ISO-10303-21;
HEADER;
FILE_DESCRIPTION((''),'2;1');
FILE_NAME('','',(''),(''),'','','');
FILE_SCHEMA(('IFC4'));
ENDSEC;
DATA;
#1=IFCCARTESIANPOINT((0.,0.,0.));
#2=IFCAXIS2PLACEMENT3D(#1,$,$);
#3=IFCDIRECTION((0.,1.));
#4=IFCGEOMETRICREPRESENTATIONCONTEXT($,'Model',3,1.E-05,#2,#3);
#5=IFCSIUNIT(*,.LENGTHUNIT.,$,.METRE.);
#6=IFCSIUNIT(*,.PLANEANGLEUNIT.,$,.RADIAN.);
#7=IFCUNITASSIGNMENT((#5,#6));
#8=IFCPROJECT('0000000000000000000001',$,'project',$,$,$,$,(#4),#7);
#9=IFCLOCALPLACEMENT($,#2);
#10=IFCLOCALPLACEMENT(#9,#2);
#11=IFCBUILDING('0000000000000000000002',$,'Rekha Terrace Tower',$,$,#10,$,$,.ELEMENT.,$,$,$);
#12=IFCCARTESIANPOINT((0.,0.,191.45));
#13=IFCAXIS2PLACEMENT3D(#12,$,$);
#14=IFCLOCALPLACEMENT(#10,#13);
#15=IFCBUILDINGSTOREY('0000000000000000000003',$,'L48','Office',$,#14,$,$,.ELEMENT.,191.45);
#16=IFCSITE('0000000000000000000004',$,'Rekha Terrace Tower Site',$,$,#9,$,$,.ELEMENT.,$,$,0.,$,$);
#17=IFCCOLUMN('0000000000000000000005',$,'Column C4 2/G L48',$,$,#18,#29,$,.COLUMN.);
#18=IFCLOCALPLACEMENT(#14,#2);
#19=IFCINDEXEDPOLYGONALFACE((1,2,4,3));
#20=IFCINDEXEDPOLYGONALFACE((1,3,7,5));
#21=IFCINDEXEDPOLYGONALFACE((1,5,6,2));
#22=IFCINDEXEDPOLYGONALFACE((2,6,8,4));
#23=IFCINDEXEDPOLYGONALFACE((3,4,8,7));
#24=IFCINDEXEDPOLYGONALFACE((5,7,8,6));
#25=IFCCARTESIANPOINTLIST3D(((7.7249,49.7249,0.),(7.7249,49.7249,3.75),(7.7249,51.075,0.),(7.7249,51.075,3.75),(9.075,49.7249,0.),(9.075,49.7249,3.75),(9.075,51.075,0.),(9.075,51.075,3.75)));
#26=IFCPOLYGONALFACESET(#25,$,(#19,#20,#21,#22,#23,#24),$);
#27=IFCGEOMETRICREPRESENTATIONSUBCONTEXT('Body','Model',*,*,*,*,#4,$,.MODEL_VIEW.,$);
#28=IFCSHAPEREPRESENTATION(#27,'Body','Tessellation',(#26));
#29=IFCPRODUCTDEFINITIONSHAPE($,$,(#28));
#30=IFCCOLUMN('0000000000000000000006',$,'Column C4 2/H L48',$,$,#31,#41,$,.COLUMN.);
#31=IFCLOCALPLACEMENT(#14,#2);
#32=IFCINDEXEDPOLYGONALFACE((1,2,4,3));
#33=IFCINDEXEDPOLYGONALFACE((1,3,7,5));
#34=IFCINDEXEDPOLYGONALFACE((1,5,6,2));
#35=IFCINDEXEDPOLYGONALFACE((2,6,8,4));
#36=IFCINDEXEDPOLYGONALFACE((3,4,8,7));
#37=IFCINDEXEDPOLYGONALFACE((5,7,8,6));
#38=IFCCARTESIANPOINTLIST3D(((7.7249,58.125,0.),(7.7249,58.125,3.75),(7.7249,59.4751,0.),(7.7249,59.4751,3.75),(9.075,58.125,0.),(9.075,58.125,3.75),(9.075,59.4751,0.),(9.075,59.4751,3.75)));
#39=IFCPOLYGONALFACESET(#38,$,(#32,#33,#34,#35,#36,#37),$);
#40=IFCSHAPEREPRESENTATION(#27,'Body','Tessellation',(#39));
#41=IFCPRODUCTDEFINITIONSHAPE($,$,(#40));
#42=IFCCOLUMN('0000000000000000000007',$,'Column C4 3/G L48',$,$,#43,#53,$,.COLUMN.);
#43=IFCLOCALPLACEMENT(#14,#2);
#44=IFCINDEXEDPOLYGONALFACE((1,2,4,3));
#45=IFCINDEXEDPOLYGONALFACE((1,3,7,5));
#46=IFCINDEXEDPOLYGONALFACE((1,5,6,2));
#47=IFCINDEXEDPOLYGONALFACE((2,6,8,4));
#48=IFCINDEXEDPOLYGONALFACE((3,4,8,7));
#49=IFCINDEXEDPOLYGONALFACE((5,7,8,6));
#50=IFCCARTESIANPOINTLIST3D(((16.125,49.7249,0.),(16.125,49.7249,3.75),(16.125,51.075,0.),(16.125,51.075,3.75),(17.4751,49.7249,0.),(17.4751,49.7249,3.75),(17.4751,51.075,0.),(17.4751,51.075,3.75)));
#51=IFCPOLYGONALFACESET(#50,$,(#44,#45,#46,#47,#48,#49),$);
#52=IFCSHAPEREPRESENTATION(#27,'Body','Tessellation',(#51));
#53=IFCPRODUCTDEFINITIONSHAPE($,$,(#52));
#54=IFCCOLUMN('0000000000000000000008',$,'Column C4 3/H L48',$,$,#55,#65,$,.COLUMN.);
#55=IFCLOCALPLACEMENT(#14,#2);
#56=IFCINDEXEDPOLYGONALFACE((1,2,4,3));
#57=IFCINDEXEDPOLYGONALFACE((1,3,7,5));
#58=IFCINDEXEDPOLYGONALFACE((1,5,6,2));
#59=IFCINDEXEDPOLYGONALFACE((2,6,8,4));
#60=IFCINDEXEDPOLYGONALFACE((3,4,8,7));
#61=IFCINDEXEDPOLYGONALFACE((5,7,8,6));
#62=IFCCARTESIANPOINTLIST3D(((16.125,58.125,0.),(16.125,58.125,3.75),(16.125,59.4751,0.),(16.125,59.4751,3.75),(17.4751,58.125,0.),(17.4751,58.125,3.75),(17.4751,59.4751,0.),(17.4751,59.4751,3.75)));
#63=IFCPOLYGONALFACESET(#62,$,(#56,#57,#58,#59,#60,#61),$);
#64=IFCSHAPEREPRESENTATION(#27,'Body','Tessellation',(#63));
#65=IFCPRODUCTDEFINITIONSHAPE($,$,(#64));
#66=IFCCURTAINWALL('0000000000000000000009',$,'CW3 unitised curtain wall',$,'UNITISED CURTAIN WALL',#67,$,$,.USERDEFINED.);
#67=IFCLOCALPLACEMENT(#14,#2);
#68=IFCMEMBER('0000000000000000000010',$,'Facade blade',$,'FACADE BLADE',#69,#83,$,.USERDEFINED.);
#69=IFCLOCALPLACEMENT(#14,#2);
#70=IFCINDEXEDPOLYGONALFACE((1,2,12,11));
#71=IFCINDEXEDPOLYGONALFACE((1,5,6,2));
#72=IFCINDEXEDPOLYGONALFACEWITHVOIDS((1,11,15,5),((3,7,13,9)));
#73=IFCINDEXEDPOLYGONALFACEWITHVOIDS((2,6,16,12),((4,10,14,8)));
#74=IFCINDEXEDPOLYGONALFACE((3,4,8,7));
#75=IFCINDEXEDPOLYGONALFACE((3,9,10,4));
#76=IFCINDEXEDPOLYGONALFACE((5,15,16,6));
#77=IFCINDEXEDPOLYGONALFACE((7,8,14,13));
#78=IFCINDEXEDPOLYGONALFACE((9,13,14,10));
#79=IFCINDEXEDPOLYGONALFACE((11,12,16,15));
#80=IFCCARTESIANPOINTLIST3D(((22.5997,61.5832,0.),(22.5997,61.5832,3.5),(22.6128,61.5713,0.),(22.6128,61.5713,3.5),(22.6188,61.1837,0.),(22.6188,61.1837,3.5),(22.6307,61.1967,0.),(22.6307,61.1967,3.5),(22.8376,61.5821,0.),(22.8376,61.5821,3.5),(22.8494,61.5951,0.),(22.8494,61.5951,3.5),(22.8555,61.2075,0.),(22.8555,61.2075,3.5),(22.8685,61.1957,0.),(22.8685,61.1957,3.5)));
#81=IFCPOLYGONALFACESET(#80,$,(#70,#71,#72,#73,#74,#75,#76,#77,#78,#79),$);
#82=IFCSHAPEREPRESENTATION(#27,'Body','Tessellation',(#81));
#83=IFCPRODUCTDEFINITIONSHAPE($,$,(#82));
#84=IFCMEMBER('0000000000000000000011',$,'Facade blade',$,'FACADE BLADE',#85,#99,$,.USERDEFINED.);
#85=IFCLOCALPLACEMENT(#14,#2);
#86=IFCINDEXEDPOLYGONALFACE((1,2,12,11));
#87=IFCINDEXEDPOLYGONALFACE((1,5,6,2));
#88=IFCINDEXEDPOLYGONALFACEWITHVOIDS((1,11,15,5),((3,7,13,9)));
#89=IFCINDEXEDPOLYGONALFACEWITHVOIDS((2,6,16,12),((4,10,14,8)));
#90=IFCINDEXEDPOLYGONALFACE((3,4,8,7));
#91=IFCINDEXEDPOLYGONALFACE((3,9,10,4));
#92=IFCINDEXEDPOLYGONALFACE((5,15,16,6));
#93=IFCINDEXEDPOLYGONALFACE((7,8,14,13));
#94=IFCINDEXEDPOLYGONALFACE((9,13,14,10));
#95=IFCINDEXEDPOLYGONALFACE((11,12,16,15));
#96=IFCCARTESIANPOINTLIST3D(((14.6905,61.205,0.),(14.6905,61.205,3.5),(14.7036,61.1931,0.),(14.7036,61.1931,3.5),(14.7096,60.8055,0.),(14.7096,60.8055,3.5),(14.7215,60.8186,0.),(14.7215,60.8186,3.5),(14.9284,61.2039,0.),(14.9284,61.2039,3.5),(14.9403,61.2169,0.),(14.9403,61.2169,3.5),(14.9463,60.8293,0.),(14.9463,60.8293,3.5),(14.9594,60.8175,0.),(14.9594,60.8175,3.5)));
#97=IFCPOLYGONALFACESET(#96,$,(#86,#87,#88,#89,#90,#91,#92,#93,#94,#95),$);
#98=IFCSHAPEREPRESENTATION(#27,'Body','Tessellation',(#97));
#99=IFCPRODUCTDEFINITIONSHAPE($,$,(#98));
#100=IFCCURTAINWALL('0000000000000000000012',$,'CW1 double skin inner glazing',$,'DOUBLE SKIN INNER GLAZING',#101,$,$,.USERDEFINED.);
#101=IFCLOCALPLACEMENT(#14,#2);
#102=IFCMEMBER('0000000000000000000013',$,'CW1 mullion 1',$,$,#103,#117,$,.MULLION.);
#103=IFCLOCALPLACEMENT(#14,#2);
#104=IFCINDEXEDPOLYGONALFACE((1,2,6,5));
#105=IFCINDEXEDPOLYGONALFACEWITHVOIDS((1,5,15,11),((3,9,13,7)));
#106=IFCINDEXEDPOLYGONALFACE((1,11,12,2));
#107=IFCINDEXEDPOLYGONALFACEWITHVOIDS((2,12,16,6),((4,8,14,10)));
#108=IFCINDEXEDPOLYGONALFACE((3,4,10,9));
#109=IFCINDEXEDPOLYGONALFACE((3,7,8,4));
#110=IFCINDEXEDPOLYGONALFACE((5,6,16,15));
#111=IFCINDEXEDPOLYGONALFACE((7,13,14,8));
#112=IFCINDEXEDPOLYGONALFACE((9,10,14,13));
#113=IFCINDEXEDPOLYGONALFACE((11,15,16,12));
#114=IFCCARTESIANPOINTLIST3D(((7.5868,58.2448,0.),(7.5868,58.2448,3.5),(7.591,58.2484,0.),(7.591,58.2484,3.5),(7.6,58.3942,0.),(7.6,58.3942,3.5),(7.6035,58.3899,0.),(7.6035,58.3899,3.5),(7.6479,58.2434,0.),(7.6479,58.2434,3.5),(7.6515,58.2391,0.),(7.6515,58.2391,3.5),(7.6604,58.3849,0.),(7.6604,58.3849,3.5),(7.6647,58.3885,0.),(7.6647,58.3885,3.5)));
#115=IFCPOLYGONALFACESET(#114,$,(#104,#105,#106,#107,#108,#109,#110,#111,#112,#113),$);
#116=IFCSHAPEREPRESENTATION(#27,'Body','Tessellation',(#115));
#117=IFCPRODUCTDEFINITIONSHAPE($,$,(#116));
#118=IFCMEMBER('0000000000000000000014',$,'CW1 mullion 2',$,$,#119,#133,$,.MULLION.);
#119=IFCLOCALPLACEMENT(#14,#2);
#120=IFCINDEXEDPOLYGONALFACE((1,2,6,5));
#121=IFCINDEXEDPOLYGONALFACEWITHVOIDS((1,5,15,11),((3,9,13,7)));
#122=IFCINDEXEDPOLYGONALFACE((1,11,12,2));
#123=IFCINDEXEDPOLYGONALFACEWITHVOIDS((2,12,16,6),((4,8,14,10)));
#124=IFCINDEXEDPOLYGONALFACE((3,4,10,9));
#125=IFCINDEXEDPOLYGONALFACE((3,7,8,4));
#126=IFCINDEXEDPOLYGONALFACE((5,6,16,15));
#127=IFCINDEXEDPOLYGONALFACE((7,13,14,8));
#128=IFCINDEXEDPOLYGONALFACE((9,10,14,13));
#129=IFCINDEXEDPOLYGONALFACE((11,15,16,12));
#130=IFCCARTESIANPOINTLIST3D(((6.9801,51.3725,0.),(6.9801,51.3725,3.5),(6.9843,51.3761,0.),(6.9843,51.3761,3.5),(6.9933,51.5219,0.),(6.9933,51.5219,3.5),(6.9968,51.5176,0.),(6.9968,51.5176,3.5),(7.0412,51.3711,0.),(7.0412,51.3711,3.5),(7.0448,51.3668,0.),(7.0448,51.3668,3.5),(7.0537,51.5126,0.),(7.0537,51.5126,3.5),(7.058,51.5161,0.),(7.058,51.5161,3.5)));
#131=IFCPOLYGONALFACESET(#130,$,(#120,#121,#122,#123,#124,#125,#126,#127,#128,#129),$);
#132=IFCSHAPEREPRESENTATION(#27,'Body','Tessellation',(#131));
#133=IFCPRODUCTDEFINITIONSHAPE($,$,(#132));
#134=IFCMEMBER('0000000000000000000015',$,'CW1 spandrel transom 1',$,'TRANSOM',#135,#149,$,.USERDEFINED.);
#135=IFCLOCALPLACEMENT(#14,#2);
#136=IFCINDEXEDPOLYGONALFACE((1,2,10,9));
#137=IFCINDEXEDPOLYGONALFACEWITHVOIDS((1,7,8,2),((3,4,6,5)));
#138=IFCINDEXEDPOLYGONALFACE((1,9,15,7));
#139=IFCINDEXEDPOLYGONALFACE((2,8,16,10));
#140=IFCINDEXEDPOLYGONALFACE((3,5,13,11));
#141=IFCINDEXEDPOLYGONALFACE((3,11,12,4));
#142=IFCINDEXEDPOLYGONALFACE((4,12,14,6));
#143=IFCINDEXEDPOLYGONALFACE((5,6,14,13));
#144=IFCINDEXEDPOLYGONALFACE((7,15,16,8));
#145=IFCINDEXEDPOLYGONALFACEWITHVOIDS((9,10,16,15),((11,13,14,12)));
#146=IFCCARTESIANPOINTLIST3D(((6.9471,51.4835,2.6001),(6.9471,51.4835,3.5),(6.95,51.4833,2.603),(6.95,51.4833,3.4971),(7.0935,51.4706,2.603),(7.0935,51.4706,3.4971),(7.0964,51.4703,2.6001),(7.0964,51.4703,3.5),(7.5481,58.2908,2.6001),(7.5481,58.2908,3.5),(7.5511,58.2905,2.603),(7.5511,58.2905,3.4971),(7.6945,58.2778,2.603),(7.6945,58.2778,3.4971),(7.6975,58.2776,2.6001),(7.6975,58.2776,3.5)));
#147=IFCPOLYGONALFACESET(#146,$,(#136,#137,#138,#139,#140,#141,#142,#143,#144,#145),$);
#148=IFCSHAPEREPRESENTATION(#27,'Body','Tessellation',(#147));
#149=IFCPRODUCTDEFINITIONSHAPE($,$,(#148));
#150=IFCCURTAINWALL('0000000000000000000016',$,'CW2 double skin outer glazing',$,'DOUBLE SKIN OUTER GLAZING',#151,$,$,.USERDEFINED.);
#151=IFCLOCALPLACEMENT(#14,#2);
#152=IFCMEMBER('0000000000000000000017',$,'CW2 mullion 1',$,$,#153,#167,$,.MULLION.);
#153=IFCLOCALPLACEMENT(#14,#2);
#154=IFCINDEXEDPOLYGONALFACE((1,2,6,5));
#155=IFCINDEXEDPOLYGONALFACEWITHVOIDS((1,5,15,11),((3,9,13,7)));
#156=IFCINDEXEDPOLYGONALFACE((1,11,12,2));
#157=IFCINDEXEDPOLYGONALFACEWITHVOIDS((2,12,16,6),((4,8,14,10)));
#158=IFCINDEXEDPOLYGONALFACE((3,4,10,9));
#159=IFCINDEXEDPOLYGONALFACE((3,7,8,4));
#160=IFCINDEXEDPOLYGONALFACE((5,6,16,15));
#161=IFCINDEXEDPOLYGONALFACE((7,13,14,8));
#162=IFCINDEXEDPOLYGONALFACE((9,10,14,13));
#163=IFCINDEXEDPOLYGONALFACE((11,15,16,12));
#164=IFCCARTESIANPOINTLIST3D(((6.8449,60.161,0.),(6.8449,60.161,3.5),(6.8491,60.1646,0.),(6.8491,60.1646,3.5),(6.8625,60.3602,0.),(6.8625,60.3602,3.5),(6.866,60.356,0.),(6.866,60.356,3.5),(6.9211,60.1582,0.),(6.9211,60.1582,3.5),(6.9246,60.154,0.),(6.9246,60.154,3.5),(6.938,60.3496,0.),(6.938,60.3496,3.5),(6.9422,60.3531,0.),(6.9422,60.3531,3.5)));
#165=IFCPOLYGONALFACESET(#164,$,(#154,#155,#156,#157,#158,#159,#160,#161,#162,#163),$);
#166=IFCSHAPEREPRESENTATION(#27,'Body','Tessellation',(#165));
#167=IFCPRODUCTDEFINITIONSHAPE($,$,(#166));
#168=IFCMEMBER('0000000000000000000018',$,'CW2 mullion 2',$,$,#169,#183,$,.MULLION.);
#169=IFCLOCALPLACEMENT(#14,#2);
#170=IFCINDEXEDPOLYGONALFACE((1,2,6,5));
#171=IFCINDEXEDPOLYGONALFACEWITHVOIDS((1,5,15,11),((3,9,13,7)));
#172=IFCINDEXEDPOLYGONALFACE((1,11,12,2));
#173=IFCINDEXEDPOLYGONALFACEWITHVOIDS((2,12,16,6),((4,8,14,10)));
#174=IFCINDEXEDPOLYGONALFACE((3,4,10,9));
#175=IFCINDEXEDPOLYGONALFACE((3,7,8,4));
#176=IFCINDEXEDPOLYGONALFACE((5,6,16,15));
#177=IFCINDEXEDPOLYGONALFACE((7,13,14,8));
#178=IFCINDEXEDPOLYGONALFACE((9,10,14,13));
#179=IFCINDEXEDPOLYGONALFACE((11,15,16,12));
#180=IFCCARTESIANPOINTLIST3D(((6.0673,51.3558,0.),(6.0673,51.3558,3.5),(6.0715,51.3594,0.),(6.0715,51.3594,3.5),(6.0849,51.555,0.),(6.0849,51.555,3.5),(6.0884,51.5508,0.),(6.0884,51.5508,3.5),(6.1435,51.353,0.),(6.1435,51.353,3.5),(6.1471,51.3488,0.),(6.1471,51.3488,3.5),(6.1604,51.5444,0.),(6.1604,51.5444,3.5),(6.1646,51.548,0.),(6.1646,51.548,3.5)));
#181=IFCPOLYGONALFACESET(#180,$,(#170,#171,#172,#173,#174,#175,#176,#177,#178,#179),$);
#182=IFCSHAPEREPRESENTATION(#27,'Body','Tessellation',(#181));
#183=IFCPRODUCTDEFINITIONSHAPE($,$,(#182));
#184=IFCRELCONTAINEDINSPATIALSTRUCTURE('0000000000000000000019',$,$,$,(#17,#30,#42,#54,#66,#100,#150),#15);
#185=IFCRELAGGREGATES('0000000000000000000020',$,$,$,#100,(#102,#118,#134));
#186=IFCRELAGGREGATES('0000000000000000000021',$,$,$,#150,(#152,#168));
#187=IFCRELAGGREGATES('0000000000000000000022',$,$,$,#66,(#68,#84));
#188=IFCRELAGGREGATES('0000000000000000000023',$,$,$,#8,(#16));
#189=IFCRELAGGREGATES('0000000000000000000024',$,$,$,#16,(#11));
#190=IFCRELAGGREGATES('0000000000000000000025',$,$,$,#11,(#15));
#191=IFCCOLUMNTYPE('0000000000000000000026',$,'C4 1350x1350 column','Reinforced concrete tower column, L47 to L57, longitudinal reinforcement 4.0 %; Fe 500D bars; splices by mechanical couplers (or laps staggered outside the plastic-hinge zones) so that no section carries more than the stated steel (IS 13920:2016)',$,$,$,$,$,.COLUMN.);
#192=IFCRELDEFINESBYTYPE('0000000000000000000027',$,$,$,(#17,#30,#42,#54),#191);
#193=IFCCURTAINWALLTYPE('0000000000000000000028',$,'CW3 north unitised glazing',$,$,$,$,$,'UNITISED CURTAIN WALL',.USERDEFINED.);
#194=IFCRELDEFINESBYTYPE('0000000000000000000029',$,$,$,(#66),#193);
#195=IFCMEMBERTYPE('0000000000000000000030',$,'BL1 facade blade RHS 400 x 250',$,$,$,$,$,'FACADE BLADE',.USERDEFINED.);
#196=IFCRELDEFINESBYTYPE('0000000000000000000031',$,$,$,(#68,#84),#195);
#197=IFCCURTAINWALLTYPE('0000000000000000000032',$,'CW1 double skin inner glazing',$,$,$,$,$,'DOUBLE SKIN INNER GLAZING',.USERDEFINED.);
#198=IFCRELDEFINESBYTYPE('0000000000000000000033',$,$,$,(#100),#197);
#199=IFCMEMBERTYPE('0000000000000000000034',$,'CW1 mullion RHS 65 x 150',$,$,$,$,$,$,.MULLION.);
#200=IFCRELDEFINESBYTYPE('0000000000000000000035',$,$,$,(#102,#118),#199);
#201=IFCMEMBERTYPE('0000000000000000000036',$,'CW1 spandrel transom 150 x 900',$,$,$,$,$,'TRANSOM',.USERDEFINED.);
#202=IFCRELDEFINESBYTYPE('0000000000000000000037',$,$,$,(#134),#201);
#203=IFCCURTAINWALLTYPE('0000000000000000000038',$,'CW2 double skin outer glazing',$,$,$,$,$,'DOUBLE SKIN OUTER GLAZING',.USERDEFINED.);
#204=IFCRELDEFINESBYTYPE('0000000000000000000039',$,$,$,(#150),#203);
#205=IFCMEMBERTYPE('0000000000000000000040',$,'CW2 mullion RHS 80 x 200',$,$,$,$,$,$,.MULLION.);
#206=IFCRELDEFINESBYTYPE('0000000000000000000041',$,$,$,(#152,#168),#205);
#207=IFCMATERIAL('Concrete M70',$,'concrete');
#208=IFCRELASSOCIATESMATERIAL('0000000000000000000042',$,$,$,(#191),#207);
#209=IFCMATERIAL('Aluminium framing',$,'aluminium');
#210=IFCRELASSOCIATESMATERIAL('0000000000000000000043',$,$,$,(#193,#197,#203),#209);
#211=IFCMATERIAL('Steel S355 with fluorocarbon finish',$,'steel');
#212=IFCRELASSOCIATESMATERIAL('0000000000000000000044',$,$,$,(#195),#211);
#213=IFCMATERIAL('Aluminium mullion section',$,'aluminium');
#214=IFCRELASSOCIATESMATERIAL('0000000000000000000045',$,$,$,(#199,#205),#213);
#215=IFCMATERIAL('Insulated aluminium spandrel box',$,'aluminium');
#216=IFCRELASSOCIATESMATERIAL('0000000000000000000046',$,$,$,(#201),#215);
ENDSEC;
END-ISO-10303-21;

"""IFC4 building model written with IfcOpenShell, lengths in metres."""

from ifc_helpers import new_model, si_unit, direction, frame, origin, origin_2d, place, context, subcontext, project, spatial, rectangle, hollow_rectangle, extrude, material, material_profile, profile_set, type_object, element, aggregate, save


model = new_model("IFC4")

# Units and contexts
model_context = context("Model", 3, precision=1e-05, world=origin(), true_north=direction((0.0, 1.0)))
body_context = subcontext(model_context, "Body", "Model", "MODEL_VIEW")
ifc_project = project(units=[si_unit("LENGTHUNIT", "METRE"), si_unit("PLANEANGLEUNIT", "RADIAN")], contexts=[model_context])

# Site, building, storey
site_placement = place(None, origin())
site = spatial("IfcSite", under=ifc_project, at=site_placement, Name="Rekha Terrace Tower Site", CompositionType="ELEMENT", RefElevation=0.0)
building_placement = place(site_placement, origin())
building = spatial("IfcBuilding", under=site, at=building_placement, Name="Rekha Terrace Tower", CompositionType="ELEMENT")
storey_placement = place(building_placement, frame((0.0, 0.0, 191.45)))
storey = spatial("IfcBuildingStorey", under=building, at=storey_placement, Name="L48", Description="Office", CompositionType="ELEMENT", Elevation=191.45)

# Columns
ifc_material_1 = material(Name="Concrete M70", Category="concrete")
ifc_material_profile_1 = material_profile(ifc_material_1, rectangle(XDim=1.3501, YDim=1.3501, at=origin_2d()), Name="RC 1350x1350")
ifc_profile_set_1 = profile_set([ifc_material_profile_1], Name="Concrete M70")
column_type = type_object("IfcColumnType", Name="C4 1350x1350 column", Description="Reinforced concrete tower column, L47 to L57, longitudinal reinforcement 4.0 %; Fe 500D bars; splices by mechanical couplers (or laps staggered outside the plastic-hinge zones) so that no section carries more than the stated steel (IS 13920:2016)", PredefinedType="COLUMN", material=ifc_profile_set_1)
for number, where, z_axis, x_axis, name in (
    (1, (8.3999, 50.3999, 0.0), (0.0, 0.0, 1.0), (1.0, 0.0, 0.0), "Column C4 2/G L48"),
    (2, (8.3999, 58.8, 0.0), (0.0, 0.0, 1.0), (1.0, 0.0, 0.0), "Column C4 2/H L48"),
    (3, (16.8, 50.3999, 0.0), (0.0, 0.0, 1.0), (1.0, 0.0, 0.0), "Column C4 3/G L48"),
    (4, (16.8, 58.8, 0.0), (0.0, 0.0, 1.0), (1.0, 0.0, 0.0), "Column C4 3/H L48"),
):
    element("IfcColumn", number, at=place(storey_placement, frame(where, z_axis=z_axis, x_axis=x_axis)), inside=storey, type_object=column_type, Name=name, PredefinedType="COLUMN", context=body_context, shape_type="SweptSolid", body=[
        extrude(rectangle(XDim=1.3501, YDim=1.3501, at=origin_2d()), origin(), (0.0, 0.0, 1.0), 3.75),
    ])

# Curtain walls, members
ifc_material_2 = material(Name="Aluminium framing", Category="aluminium")
curtain_wall_type_1 = type_object("IfcCurtainWallType", Name="CW3 north unitised glazing", ElementType="UNITISED CURTAIN WALL", PredefinedType="USERDEFINED", material=ifc_material_2)
curtain_wall_1_placement = place(storey_placement, origin())
curtain_wall_1 = element("IfcCurtainWall", 5, at=curtain_wall_1_placement, inside=storey, type_object=curtain_wall_type_1, Name="CW3 unitised curtain wall", ObjectType="UNITISED CURTAIN WALL", PredefinedType="USERDEFINED")
ifc_material_3 = material(Name="Steel S355 with fluorocarbon finish", Category="steel")
ifc_material_profile_2 = material_profile(ifc_material_3, hollow_rectangle(XDim=0.25, YDim=0.3999, WallThickness=0.0125, at=origin_2d()), Name="RHS400x250x12.5")
ifc_profile_set_2 = profile_set([ifc_material_profile_2], Name="Steel S355 with fluorocarbon finish")
member_type_1 = type_object("IfcMemberType", Name="BL1 facade blade RHS 400 x 250", ElementType="FACADE BLADE", PredefinedType="USERDEFINED", material=ifc_profile_set_2)
member_1_placement = place(storey_placement, frame((22.7341, 61.3894, 0.0), z_axis=(0.0, 0.0, 1.0), x_axis=(-0.998859, -0.047758, 0.0)))
member_1 = element("IfcMember", 6, at=member_1_placement, type_object=member_type_1, Name="Facade blade", ObjectType="FACADE BLADE", PredefinedType="USERDEFINED", context=body_context, shape_type="SweptSolid", body=[
    extrude(hollow_rectangle(XDim=0.25, YDim=0.3999, WallThickness=0.0125, at=origin_2d()), origin(), (0.0, 0.0, 1.0), 3.5),
])
member_2_placement = place(storey_placement, frame((14.825, 61.0112, 0.0), z_axis=(0.0, 0.0, 1.0), x_axis=(-0.998859, -0.047758, 0.0)))
member_2 = element("IfcMember", 7, at=member_2_placement, type_object=member_type_1, Name="Facade blade", ObjectType="FACADE BLADE", PredefinedType="USERDEFINED", context=body_context, shape_type="SweptSolid", body=[
    extrude(hollow_rectangle(XDim=0.25, YDim=0.3999, WallThickness=0.0125, at=origin_2d()), origin(), (0.0, 0.0, 1.0), 3.5),
])
curtain_wall_type_2 = type_object("IfcCurtainWallType", Name="CW1 double skin inner glazing", ElementType="DOUBLE SKIN INNER GLAZING", PredefinedType="USERDEFINED", material=ifc_material_2)
curtain_wall_2_placement = place(storey_placement, origin())
curtain_wall_2 = element("IfcCurtainWall", 8, at=curtain_wall_2_placement, inside=storey, type_object=curtain_wall_type_2, Name="CW1 double skin inner glazing", ObjectType="DOUBLE SKIN INNER GLAZING", PredefinedType="USERDEFINED")
ifc_material_4 = material(Name="Aluminium mullion section", Category="aluminium")
ifc_material_profile_3 = material_profile(ifc_material_4, hollow_rectangle(XDim=0.0649, YDim=0.1499, WallThickness=0.0039, at=origin_2d()), Name="AL RHS 65x150")
ifc_profile_set_3 = profile_set([ifc_material_profile_3], Name="Aluminium mullion section")
member_type_2 = type_object("IfcMemberType", Name="CW1 mullion RHS 65 x 150", PredefinedType="MULLION", material=ifc_profile_set_3)
member_3_placement = place(storey_placement, frame((7.6257, 58.3167, 0.0), z_axis=(0.0, 0.0, 1.0), x_axis=(0.996124, -0.087958, 0.0)))
member_3 = element("IfcMember", 9, at=member_3_placement, type_object=member_type_2, Name="CW1 mullion 1", PredefinedType="MULLION", context=body_context, shape_type="SweptSolid", body=[
    extrude(hollow_rectangle(XDim=0.0649, YDim=0.1499, WallThickness=0.0039, at=origin_2d()), origin(), (0.0, 0.0, 1.0), 3.5),
])
member_4_placement = place(storey_placement, frame((7.019, 51.4443, 0.0), z_axis=(0.0, 0.0, 1.0), x_axis=(0.996124, -0.087958, 0.0)))
member_4 = element("IfcMember", 10, at=member_4_placement, type_object=member_type_2, Name="CW1 mullion 2", PredefinedType="MULLION", context=body_context, shape_type="SweptSolid", body=[
    extrude(hollow_rectangle(XDim=0.0649, YDim=0.1499, WallThickness=0.0039, at=origin_2d()), origin(), (0.0, 0.0, 1.0), 3.5),
])
ifc_material_5 = material(Name="Insulated aluminium spandrel box", Category="aluminium")
ifc_material_profile_4 = material_profile(ifc_material_5, hollow_rectangle(XDim=0.1499, YDim=0.8999, WallThickness=0.0029, at=origin_2d()), Name="AL SPANDREL BOX 150x900")
ifc_profile_set_4 = profile_set([ifc_material_profile_4], Name="Insulated aluminium spandrel box")
member_type_3 = type_object("IfcMemberType", Name="CW1 spandrel transom 150 x 900", ElementType="TRANSOM", PredefinedType="USERDEFINED", material=ifc_profile_set_4)
member_5_placement = place(storey_placement, frame((7.6228, 58.2842, 3.05), z_axis=(-0.087955, -0.996124, 0.0), x_axis=(0.996124, -0.087955, 0.0)))
member_5 = element("IfcMember", 11, at=member_5_placement, type_object=member_type_3, Name="CW1 spandrel transom 1", ObjectType="TRANSOM", PredefinedType="USERDEFINED", context=body_context, shape_type="SweptSolid", body=[
    extrude(hollow_rectangle(XDim=0.1499, YDim=0.8999, WallThickness=0.0029, at=origin_2d()), origin(), (0.0, 0.0, 1.0), 6.8337),
])
curtain_wall_type_3 = type_object("IfcCurtainWallType", Name="CW2 double skin outer glazing", ElementType="DOUBLE SKIN OUTER GLAZING", PredefinedType="USERDEFINED", material=ifc_material_2)
curtain_wall_3_placement = place(storey_placement, origin())
curtain_wall_3 = element("IfcCurtainWall", 12, at=curtain_wall_3_placement, inside=storey, type_object=curtain_wall_type_3, Name="CW2 double skin outer glazing", ObjectType="DOUBLE SKIN OUTER GLAZING", PredefinedType="USERDEFINED")
ifc_material_profile_5 = material_profile(ifc_material_4, hollow_rectangle(XDim=0.0801, YDim=0.2, WallThickness=0.0039, at=origin_2d()), Name="AL RHS 80x200")
ifc_profile_set_5 = profile_set([ifc_material_profile_5], Name="Aluminium mullion section")
member_type_4 = type_object("IfcMemberType", Name="CW2 mullion RHS 80 x 200", PredefinedType="MULLION", material=ifc_profile_set_5)
member_6_placement = place(storey_placement, frame((6.8936, 60.2571, 0.0), z_axis=(0.0, 0.0, 1.0), x_axis=(0.996124, -0.087958, 0.0)))
member_6 = element("IfcMember", 13, at=member_6_placement, type_object=member_type_4, Name="CW2 mullion 1", PredefinedType="MULLION", context=body_context, shape_type="SweptSolid", body=[
    extrude(hollow_rectangle(XDim=0.0801, YDim=0.2, WallThickness=0.0039, at=origin_2d()), origin(), (0.0, 0.0, 1.0), 3.5),
])
member_7_placement = place(storey_placement, frame((6.116, 51.4519, 0.0), z_axis=(0.0, 0.0, 1.0), x_axis=(0.996124, -0.087958, 0.0)))
member_7 = element("IfcMember", 14, at=member_7_placement, type_object=member_type_4, Name="CW2 mullion 2", PredefinedType="MULLION", context=body_context, shape_type="SweptSolid", body=[
    extrude(hollow_rectangle(XDim=0.0801, YDim=0.2, WallThickness=0.0039, at=origin_2d()), origin(), (0.0, 0.0, 1.0), 3.5),
])

aggregate(curtain_wall_2, [member_3, member_4, member_5])
aggregate(curtain_wall_3, [member_6, member_7])
aggregate(curtain_wall_1, [member_1, member_2])

save(model, "model.ifc")
